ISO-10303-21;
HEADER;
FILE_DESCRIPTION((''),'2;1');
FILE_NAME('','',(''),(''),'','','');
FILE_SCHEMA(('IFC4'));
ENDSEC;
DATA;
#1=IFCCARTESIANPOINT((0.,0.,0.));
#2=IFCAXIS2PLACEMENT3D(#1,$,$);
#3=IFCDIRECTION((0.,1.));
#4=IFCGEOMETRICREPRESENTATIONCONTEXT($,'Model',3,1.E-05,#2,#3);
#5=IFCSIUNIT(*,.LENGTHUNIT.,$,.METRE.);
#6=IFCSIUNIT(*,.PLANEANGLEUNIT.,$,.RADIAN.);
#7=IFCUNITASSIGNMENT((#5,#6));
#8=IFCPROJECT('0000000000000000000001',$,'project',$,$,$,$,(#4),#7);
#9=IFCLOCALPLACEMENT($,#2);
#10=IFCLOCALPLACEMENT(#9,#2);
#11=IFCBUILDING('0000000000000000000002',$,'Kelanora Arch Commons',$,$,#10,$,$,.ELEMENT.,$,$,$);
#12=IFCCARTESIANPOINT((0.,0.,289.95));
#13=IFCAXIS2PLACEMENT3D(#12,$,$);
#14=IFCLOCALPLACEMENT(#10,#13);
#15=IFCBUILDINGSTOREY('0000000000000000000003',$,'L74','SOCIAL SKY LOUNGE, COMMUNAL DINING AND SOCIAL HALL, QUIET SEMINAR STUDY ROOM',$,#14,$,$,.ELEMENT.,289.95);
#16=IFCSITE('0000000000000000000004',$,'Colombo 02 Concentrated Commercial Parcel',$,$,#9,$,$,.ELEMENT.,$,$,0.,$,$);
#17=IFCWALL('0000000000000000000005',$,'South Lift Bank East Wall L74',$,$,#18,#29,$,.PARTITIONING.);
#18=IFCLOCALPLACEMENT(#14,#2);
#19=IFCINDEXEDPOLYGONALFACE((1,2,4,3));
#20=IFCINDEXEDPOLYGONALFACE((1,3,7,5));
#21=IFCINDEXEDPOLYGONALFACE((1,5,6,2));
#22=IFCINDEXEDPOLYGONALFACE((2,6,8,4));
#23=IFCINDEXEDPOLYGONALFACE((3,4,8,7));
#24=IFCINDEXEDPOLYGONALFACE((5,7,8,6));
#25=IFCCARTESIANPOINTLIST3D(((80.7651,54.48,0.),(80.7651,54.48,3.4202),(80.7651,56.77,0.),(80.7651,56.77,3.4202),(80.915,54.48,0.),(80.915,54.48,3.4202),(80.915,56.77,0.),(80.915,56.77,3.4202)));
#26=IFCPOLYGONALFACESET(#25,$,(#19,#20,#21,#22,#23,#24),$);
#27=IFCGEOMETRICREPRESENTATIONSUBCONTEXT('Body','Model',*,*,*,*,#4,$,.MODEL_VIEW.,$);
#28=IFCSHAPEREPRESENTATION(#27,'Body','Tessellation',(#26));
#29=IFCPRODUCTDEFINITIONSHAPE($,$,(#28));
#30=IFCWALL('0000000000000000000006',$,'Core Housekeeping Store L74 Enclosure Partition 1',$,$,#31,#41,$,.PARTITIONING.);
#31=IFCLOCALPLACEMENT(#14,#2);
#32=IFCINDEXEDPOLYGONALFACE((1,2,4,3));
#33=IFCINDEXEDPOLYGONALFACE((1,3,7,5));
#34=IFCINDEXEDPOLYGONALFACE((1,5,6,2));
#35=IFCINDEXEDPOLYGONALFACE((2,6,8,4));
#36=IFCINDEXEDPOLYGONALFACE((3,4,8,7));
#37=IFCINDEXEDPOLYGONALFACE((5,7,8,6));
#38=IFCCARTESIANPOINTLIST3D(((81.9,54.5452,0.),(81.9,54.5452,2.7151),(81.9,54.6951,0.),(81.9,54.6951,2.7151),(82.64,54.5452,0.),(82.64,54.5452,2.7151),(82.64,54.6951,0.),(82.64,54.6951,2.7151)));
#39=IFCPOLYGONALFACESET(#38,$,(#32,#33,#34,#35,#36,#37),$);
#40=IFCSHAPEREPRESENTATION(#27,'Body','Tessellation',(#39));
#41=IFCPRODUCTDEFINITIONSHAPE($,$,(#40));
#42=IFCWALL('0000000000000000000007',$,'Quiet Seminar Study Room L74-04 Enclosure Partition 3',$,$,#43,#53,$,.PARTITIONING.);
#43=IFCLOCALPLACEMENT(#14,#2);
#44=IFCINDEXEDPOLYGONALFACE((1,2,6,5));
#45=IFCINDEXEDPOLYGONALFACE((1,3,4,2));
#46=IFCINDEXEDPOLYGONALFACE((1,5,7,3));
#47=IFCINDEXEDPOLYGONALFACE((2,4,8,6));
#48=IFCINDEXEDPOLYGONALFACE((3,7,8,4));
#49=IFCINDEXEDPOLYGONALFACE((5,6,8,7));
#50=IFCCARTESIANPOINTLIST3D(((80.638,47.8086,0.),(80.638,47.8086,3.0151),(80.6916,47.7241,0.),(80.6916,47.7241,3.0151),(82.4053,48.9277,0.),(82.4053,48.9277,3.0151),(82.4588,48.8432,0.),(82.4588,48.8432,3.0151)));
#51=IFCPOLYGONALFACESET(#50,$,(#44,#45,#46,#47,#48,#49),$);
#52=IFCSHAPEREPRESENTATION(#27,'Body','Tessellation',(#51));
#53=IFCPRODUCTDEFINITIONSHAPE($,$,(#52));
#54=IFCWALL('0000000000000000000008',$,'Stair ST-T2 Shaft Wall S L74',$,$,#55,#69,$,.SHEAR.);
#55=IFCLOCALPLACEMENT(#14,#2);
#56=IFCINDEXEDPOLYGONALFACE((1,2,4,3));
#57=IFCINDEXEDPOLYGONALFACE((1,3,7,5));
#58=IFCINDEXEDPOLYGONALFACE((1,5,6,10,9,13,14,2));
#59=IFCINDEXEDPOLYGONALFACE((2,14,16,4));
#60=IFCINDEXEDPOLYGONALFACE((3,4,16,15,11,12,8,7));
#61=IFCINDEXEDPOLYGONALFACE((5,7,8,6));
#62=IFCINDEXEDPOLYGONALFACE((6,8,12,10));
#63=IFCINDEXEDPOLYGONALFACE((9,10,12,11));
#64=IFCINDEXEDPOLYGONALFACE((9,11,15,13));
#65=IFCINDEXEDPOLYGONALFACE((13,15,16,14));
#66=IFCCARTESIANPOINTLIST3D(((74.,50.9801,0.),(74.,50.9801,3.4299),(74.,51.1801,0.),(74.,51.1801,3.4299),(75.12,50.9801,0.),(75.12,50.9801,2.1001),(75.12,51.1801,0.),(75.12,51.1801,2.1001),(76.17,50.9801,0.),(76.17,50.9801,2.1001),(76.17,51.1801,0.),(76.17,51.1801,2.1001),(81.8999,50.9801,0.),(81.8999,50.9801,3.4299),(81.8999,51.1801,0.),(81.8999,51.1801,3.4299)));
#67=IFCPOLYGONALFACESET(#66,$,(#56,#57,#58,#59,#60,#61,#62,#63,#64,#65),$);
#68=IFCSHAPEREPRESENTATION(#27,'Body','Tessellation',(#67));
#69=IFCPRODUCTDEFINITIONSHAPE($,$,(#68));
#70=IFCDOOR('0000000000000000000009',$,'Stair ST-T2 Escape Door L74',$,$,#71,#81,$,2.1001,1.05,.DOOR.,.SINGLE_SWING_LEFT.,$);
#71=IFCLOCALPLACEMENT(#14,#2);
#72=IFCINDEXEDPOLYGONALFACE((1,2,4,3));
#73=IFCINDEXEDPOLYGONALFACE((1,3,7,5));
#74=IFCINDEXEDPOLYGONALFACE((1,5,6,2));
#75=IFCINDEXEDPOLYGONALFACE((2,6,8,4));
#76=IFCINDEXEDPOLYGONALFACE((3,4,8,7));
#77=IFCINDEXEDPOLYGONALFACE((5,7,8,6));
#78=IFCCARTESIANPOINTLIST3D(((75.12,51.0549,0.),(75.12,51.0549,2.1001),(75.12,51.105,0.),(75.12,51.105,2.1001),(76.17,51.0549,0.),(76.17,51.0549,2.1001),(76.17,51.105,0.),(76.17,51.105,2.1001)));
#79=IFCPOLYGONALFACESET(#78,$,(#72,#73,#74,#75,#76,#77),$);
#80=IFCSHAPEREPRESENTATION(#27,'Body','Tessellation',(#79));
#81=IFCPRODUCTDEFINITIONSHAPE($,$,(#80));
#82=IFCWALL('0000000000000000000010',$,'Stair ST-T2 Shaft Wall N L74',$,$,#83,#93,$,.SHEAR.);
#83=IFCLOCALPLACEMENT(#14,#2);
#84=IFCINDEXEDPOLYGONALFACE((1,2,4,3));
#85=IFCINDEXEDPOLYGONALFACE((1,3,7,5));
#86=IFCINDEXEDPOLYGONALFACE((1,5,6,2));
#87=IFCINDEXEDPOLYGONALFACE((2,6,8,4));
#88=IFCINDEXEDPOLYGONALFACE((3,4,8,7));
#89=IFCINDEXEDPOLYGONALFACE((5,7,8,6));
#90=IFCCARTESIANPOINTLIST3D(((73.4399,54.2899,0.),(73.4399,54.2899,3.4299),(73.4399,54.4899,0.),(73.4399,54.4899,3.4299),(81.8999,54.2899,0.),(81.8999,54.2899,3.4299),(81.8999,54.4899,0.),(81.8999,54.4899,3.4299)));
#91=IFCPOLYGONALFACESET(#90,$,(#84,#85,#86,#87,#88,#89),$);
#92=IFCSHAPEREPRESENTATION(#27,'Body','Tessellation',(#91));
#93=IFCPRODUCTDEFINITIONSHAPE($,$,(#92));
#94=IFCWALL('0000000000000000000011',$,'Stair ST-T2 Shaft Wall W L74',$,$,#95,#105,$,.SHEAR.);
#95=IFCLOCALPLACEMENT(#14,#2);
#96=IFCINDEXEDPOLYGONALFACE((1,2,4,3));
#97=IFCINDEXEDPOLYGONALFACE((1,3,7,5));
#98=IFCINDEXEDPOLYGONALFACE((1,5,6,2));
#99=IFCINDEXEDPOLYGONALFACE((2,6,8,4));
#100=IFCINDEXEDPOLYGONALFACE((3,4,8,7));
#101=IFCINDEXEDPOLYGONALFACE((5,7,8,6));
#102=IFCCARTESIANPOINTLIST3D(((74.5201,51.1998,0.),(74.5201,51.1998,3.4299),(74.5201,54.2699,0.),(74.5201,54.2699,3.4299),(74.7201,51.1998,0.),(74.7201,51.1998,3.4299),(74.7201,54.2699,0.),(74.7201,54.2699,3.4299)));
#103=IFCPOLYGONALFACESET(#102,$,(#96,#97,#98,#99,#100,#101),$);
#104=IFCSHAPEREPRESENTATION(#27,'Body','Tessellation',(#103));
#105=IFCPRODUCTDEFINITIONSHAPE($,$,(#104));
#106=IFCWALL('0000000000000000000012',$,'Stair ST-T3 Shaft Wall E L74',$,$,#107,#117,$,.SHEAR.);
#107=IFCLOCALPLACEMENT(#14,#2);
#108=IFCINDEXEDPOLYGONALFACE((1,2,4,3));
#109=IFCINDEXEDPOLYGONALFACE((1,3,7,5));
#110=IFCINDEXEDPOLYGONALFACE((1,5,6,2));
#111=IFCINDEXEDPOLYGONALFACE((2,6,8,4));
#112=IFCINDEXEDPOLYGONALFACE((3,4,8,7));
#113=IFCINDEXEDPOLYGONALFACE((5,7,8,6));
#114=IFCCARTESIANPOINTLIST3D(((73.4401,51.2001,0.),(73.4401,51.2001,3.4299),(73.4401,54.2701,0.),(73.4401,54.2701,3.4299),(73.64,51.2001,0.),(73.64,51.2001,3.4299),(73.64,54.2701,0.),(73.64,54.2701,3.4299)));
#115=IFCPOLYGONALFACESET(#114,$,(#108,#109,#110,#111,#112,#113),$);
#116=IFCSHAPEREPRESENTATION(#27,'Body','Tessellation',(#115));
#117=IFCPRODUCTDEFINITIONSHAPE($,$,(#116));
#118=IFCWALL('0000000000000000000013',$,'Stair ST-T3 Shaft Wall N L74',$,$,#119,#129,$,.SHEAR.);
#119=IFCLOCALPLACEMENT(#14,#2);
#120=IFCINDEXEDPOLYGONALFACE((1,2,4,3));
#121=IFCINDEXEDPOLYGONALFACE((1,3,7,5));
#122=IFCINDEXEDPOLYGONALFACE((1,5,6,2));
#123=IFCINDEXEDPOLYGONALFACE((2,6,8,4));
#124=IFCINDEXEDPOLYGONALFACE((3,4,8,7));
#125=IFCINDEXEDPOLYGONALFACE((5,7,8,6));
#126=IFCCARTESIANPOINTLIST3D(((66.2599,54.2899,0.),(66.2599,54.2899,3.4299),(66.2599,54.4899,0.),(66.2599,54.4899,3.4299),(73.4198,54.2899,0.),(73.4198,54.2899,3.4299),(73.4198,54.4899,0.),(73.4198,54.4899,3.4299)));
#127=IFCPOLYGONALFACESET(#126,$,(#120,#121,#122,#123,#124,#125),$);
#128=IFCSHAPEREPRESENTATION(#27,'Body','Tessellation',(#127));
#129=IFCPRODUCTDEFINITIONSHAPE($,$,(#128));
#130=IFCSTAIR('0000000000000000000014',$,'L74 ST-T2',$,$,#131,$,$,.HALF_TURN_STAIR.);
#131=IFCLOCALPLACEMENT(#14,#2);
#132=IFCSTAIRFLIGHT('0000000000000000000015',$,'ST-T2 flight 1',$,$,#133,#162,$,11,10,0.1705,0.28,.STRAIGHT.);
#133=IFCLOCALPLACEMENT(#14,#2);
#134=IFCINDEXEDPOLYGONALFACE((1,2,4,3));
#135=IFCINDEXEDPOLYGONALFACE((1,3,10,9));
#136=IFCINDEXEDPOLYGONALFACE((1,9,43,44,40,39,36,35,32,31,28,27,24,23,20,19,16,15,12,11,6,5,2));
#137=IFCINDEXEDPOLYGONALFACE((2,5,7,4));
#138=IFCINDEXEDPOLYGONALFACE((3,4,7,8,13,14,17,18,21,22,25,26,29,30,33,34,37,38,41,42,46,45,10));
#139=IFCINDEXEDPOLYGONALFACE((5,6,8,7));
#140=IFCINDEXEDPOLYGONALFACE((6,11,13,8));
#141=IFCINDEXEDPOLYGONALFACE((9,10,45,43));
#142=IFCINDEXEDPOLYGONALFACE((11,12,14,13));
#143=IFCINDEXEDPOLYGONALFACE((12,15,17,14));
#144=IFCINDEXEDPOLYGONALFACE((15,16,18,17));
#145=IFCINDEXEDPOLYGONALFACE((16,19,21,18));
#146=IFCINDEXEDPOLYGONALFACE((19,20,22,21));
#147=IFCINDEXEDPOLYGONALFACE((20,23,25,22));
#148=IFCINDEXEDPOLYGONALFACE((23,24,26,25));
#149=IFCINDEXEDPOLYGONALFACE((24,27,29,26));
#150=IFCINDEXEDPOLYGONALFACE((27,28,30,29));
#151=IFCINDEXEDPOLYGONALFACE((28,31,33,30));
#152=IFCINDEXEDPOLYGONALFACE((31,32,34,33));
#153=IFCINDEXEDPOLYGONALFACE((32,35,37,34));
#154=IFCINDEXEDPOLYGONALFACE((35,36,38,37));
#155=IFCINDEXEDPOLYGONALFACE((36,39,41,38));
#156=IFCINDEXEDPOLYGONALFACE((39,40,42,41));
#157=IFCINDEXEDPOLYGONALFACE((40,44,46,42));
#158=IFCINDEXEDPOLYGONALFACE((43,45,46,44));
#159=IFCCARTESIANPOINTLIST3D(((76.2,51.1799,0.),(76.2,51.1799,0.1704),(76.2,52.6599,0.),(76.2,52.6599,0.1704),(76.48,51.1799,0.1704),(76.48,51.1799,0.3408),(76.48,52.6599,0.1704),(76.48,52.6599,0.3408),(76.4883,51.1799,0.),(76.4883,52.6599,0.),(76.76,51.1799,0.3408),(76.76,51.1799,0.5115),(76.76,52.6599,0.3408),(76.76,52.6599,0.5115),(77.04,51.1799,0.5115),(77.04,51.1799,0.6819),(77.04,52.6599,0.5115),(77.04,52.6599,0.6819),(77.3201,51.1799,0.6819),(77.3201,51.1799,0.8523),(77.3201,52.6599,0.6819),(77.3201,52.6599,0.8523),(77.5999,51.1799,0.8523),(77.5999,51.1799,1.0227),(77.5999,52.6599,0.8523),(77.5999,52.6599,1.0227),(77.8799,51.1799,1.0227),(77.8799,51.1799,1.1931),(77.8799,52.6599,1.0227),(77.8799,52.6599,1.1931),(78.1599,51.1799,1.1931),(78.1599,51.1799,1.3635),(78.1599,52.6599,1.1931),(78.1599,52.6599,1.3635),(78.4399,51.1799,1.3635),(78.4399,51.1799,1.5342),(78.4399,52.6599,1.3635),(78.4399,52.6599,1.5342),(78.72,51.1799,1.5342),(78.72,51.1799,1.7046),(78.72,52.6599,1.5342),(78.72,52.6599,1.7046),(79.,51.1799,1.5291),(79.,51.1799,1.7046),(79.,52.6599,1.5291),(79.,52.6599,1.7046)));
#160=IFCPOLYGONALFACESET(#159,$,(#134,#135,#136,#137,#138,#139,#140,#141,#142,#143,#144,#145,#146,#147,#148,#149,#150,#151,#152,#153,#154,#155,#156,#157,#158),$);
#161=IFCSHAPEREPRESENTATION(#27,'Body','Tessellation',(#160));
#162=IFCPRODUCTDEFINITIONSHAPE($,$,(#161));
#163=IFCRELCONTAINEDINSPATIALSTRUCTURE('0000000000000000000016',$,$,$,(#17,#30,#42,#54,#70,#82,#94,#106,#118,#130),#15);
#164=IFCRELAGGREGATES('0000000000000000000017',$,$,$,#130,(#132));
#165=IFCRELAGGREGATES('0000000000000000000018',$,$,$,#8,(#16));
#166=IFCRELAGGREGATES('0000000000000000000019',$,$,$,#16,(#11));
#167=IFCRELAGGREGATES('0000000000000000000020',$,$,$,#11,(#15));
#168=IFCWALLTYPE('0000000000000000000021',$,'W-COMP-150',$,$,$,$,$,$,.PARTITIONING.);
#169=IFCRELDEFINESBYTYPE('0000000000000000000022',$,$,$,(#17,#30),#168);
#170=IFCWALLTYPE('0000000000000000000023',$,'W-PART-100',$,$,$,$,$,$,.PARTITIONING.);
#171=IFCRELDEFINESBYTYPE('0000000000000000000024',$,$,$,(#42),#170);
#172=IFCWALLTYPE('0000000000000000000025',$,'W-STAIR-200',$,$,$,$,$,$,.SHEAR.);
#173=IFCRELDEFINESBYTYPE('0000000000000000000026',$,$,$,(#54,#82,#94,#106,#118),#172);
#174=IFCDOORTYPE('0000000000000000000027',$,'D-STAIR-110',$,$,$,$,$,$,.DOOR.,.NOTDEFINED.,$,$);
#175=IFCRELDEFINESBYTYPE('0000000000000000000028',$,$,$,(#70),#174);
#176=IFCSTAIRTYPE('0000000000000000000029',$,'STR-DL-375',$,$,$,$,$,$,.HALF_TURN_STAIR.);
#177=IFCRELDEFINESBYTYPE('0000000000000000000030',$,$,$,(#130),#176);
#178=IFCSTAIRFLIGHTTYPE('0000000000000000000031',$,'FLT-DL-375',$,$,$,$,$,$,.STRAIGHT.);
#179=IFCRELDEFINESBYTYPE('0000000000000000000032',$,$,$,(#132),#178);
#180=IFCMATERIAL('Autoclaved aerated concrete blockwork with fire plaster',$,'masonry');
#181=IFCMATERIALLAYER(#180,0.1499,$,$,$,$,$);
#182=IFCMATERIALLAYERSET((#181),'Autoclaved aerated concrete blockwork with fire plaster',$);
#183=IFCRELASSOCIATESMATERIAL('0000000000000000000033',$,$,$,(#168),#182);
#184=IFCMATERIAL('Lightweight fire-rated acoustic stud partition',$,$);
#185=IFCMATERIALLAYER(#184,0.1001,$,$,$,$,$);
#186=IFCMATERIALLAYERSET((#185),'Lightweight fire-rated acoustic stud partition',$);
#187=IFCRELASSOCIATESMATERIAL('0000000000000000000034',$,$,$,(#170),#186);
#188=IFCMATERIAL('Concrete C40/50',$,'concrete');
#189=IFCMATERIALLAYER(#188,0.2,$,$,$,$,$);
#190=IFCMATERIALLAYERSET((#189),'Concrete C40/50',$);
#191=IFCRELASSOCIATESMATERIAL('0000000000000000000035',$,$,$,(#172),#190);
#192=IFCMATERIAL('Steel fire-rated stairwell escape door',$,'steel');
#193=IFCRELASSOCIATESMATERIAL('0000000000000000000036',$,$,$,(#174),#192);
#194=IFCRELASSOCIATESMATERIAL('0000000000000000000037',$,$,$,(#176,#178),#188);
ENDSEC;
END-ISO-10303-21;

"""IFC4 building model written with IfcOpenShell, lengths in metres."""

from ifc_helpers import new_model, si_unit, direction, frame, frame_2d, origin, place, context, subcontext, project, spatial, polyline, rectangle, outline, extrude, material, layer, layer_set, type_object, element, fill, aggregate, save


model = new_model("IFC4")

# Units and contexts
model_context = context("Model", 3, precision=1e-05, world=origin(), true_north=direction((0.0, 1.0)))
body_context = subcontext(model_context, "Body", "Model", "MODEL_VIEW")
ifc_project = project(units=[si_unit("LENGTHUNIT", "METRE"), si_unit("PLANEANGLEUNIT", "RADIAN")], contexts=[model_context])

# Site, building, storey
site_placement = place(None, origin())
site = spatial("IfcSite", under=ifc_project, at=site_placement, Name="Colombo 02 Concentrated Commercial Parcel", CompositionType="ELEMENT", RefElevation=0.0)
building_placement = place(site_placement, origin())
building = spatial("IfcBuilding", under=site, at=building_placement, Name="Kelanora Arch Commons", CompositionType="ELEMENT")
storey_placement = place(building_placement, frame((0.0, 0.0, 289.95)))
storey = spatial("IfcBuildingStorey", under=building, at=storey_placement, Name="L74", Description="SOCIAL SKY LOUNGE, COMMUNAL DINING AND SOCIAL HALL, QUIET SEMINAR STUDY ROOM", CompositionType="ELEMENT", Elevation=289.95)

# Walls
ifc_material_1 = material(Name="Autoclaved aerated concrete blockwork with fire plaster", Category="masonry")
ifc_layer_1 = layer(ifc_material_1, 0.1499)
ifc_layer_set_1 = layer_set([ifc_layer_1], Name="Autoclaved aerated concrete blockwork with fire plaster")
wall_type_1 = type_object("IfcWallType", Name="W-COMP-150", PredefinedType="PARTITIONING", material=ifc_layer_set_1)
wall_1_placement = place(storey_placement, frame((80.8401, 54.48, 0.0), z_axis=(0.0, 0.0, 1.0), x_axis=(0.0, 1.0, 0.0)))
element("IfcWall", 1, at=wall_1_placement, inside=storey, type_object=wall_type_1, Name="South Lift Bank East Wall L74", PredefinedType="PARTITIONING", context=body_context, shape_type="SweptSolid", body=[
    extrude(rectangle(XDim=2.29, YDim=0.1499, at=frame_2d((1.145, 0.0))), origin(), (0.0, 0.0, 1.0), 3.4202),
])
wall_2_placement = place(storey_placement, frame((81.8999, 54.6201, 0.0), z_axis=(0.0, 0.0, 1.0), x_axis=(1.0, 0.0, 0.0)))
element("IfcWall", 2, at=wall_2_placement, inside=storey, type_object=wall_type_1, Name="Core Housekeeping Store L74 Enclosure Partition 1", PredefinedType="PARTITIONING", context=body_context, shape_type="SweptSolid", body=[
    extrude(rectangle(XDim=0.74, YDim=0.1499, at=frame_2d((0.3701, 0.0))), origin(), (0.0, 0.0, 1.0), 2.7151),
])
ifc_material_2 = material(Name="Lightweight fire-rated acoustic stud partition")
ifc_layer_2 = layer(ifc_material_2, 0.1001)
ifc_layer_set_2 = layer_set([ifc_layer_2], Name="Lightweight fire-rated acoustic stud partition")
wall_type_2 = type_object("IfcWallType", Name="W-PART-100", PredefinedType="PARTITIONING", material=ifc_layer_set_2)
wall_3_placement = place(storey_placement, frame((80.6648, 47.7664, 0.0), z_axis=(0.0, 0.0, 1.0), x_axis=(0.844856, 0.534994, 0.0)))
element("IfcWall", 3, at=wall_3_placement, inside=storey, type_object=wall_type_2, Name="Quiet Seminar Study Room L74-04 Enclosure Partition 3", PredefinedType="PARTITIONING", context=body_context, shape_type="SweptSolid", body=[
    extrude(rectangle(XDim=2.0918, YDim=0.1001, at=frame_2d((1.0459, 0.0))), origin(), (0.0, 0.0, 1.0), 3.0151),
])

# Wall, opening, door
ifc_material_3 = material(Name="Concrete C40/50", Category="concrete")
ifc_layer_3 = layer(ifc_material_3, 0.2)
ifc_layer_set_3 = layer_set([ifc_layer_3], Name="Concrete C40/50")
wall_type_3 = type_object("IfcWallType", Name="W-STAIR-200", PredefinedType="SHEAR", material=ifc_layer_set_3)
wall_4_placement = place(storey_placement, frame((74.0, 51.0801, 0.0), z_axis=(0.0, 0.0, 1.0), x_axis=(1.0, 0.0, 0.0)))
wall_4 = element("IfcWall", 4, at=wall_4_placement, inside=storey, type_object=wall_type_3, Name="Stair ST-T2 Shaft Wall S L74", PredefinedType="SHEAR", context=body_context, shape_type="SweptSolid", body=[
    extrude(rectangle(XDim=7.8999, YDim=0.2, at=frame_2d((3.95, 0.0))), origin(), (0.0, 0.0, 1.0), 3.4299),
])
opening_placement = place(wall_4_placement, frame((1.1201, 0.0, 0.0)))
opening = element("IfcOpeningElement", 5, at=opening_placement, cuts=wall_4, PredefinedType="OPENING", context=body_context, shape_type="SweptSolid", body=[
    extrude(rectangle(XDim=1.05, YDim=2.1001, at=frame_2d((0.5249, 1.05))), frame((0.0, 0.1099, 0.0), z_axis=(0.0, -1.0, 0.0), x_axis=(1.0, 0.0, 0.0)), (0.0, 0.0, 1.0), 0.22),
])
ifc_material_4 = material(Name="Steel fire-rated stairwell escape door", Category="steel")
door_type = type_object("IfcDoorType", Name="D-STAIR-110", OperationType="NOTDEFINED", PredefinedType="DOOR", material=ifc_material_4)
door_placement = place(opening_placement, origin())
door = element("IfcDoor", 6, at=door_placement, inside=storey, type_object=door_type, Name="Stair ST-T2 Escape Door L74", OperationType="SINGLE_SWING_LEFT", OverallHeight=2.1001, OverallWidth=1.05, PredefinedType="DOOR", context=body_context, shape_type="SweptSolid", body=[
    extrude(rectangle(XDim=1.05, YDim=2.1001, at=frame_2d((0.5249, 1.05))), frame((0.0, 0.0249, 0.0), z_axis=(0.0, -1.0, 0.0), x_axis=(1.0, 0.0, 0.0)), (0.0, 0.0, 1.0), 0.05),
])
fill(opening, door)

# Walls
wall_5_placement = place(storey_placement, frame((81.8999, 54.3899, 0.0), z_axis=(0.0, 0.0, 1.0), x_axis=(-1.0, 0.0, 0.0)))
element("IfcWall", 7, at=wall_5_placement, inside=storey, type_object=wall_type_3, Name="Stair ST-T2 Shaft Wall N L74", PredefinedType="SHEAR", context=body_context, shape_type="SweptSolid", body=[
    extrude(rectangle(XDim=8.46, YDim=0.2, at=frame_2d((4.23, 0.0))), origin(), (0.0, 0.0, 1.0), 3.4299),
])
for number, where, z_axis, x_axis, name in (
    (8, (74.6201, 54.27, 0.0), (0.0, 0.0, 1.0), (0.0, -1.0, 0.0), "Stair ST-T2 Shaft Wall W L74"),
    (9, (73.54, 51.2, 0.0), (0.0, 0.0, 1.0), (0.0, 1.0, 0.0), "Stair ST-T3 Shaft Wall E L74"),
):
    element("IfcWall", number, at=place(storey_placement, frame(where, z_axis=z_axis, x_axis=x_axis)), inside=storey, type_object=wall_type_3, Name=name, PredefinedType="SHEAR", context=body_context, shape_type="SweptSolid", body=[
        extrude(rectangle(XDim=3.0701, YDim=0.2, at=frame_2d((1.5352, 0.0))), origin(), (0.0, 0.0, 1.0), 3.4299),
    ])
wall_6_placement = place(storey_placement, frame((73.4199, 54.3899, 0.0), z_axis=(0.0, 0.0, 1.0), x_axis=(-1.0, 0.0, 0.0)))
element("IfcWall", 10, at=wall_6_placement, inside=storey, type_object=wall_type_3, Name="Stair ST-T3 Shaft Wall N L74", PredefinedType="SHEAR", context=body_context, shape_type="SweptSolid", body=[
    extrude(rectangle(XDim=7.1599, YDim=0.2, at=frame_2d((3.5801, 0.0))), origin(), (0.0, 0.0, 1.0), 3.4299),
])

# Stair, stair flight
stair_type = type_object("IfcStairType", Name="STR-DL-375", PredefinedType="HALF_TURN_STAIR", material=ifc_material_3)
stair_placement = place(storey_placement, origin())
stair = element("IfcStair", 11, at=stair_placement, inside=storey, type_object=stair_type, Name="L74 ST-T2", PredefinedType="HALF_TURN_STAIR")
stair_flight_type = type_object("IfcStairFlightType", Name="FLT-DL-375", PredefinedType="STRAIGHT", material=ifc_material_3)
stair_flight_1_placement = place(storey_placement, frame((76.2, 51.9199, 0.0), z_axis=(0.0, 0.0, 1.0), x_axis=(1.0, 0.0, 0.0)))
stair_flight_1 = element("IfcStairFlight", 12, at=stair_flight_1_placement, type_object=stair_flight_type, Name="ST-T2 flight 1", NumberOfRisers=11, NumberOfTreads=10, PredefinedType="STRAIGHT", RiserHeight=0.1705, TreadLength=0.28, context=body_context, shape_type="SweptSolid", body=[
    extrude(outline(polyline([(0.0, 0.0), (0.0, 0.1704), (0.28, 0.1704), (0.28, 0.3408), (0.5601, 0.3408), (0.5601, 0.5115), (0.8401, 0.5115), (0.8401, 0.6819), (1.1201, 0.6819), (1.1201, 0.8523), (1.3999, 0.8523), (1.3999, 1.0227), (1.6799, 1.0227), (1.6799, 1.1931), (1.96, 1.1931), (1.96, 1.3635), (2.24, 1.3635), (2.24, 1.5342), (2.52, 1.5342), (2.52, 1.7046), (2.8, 1.7046), (2.8, 1.875), (2.8, 1.5291), (0.2883, 0.0), (0.0, 0.0)])), frame((0.0, 0.74, 0.0), z_axis=(0.0, -1.0, 0.0), x_axis=(1.0, 0.0, 0.0)), (0.0, 0.0, 1.0), 1.48),
])
aggregate(stair, [stair_flight_1])

save(model, "model.ifc")
